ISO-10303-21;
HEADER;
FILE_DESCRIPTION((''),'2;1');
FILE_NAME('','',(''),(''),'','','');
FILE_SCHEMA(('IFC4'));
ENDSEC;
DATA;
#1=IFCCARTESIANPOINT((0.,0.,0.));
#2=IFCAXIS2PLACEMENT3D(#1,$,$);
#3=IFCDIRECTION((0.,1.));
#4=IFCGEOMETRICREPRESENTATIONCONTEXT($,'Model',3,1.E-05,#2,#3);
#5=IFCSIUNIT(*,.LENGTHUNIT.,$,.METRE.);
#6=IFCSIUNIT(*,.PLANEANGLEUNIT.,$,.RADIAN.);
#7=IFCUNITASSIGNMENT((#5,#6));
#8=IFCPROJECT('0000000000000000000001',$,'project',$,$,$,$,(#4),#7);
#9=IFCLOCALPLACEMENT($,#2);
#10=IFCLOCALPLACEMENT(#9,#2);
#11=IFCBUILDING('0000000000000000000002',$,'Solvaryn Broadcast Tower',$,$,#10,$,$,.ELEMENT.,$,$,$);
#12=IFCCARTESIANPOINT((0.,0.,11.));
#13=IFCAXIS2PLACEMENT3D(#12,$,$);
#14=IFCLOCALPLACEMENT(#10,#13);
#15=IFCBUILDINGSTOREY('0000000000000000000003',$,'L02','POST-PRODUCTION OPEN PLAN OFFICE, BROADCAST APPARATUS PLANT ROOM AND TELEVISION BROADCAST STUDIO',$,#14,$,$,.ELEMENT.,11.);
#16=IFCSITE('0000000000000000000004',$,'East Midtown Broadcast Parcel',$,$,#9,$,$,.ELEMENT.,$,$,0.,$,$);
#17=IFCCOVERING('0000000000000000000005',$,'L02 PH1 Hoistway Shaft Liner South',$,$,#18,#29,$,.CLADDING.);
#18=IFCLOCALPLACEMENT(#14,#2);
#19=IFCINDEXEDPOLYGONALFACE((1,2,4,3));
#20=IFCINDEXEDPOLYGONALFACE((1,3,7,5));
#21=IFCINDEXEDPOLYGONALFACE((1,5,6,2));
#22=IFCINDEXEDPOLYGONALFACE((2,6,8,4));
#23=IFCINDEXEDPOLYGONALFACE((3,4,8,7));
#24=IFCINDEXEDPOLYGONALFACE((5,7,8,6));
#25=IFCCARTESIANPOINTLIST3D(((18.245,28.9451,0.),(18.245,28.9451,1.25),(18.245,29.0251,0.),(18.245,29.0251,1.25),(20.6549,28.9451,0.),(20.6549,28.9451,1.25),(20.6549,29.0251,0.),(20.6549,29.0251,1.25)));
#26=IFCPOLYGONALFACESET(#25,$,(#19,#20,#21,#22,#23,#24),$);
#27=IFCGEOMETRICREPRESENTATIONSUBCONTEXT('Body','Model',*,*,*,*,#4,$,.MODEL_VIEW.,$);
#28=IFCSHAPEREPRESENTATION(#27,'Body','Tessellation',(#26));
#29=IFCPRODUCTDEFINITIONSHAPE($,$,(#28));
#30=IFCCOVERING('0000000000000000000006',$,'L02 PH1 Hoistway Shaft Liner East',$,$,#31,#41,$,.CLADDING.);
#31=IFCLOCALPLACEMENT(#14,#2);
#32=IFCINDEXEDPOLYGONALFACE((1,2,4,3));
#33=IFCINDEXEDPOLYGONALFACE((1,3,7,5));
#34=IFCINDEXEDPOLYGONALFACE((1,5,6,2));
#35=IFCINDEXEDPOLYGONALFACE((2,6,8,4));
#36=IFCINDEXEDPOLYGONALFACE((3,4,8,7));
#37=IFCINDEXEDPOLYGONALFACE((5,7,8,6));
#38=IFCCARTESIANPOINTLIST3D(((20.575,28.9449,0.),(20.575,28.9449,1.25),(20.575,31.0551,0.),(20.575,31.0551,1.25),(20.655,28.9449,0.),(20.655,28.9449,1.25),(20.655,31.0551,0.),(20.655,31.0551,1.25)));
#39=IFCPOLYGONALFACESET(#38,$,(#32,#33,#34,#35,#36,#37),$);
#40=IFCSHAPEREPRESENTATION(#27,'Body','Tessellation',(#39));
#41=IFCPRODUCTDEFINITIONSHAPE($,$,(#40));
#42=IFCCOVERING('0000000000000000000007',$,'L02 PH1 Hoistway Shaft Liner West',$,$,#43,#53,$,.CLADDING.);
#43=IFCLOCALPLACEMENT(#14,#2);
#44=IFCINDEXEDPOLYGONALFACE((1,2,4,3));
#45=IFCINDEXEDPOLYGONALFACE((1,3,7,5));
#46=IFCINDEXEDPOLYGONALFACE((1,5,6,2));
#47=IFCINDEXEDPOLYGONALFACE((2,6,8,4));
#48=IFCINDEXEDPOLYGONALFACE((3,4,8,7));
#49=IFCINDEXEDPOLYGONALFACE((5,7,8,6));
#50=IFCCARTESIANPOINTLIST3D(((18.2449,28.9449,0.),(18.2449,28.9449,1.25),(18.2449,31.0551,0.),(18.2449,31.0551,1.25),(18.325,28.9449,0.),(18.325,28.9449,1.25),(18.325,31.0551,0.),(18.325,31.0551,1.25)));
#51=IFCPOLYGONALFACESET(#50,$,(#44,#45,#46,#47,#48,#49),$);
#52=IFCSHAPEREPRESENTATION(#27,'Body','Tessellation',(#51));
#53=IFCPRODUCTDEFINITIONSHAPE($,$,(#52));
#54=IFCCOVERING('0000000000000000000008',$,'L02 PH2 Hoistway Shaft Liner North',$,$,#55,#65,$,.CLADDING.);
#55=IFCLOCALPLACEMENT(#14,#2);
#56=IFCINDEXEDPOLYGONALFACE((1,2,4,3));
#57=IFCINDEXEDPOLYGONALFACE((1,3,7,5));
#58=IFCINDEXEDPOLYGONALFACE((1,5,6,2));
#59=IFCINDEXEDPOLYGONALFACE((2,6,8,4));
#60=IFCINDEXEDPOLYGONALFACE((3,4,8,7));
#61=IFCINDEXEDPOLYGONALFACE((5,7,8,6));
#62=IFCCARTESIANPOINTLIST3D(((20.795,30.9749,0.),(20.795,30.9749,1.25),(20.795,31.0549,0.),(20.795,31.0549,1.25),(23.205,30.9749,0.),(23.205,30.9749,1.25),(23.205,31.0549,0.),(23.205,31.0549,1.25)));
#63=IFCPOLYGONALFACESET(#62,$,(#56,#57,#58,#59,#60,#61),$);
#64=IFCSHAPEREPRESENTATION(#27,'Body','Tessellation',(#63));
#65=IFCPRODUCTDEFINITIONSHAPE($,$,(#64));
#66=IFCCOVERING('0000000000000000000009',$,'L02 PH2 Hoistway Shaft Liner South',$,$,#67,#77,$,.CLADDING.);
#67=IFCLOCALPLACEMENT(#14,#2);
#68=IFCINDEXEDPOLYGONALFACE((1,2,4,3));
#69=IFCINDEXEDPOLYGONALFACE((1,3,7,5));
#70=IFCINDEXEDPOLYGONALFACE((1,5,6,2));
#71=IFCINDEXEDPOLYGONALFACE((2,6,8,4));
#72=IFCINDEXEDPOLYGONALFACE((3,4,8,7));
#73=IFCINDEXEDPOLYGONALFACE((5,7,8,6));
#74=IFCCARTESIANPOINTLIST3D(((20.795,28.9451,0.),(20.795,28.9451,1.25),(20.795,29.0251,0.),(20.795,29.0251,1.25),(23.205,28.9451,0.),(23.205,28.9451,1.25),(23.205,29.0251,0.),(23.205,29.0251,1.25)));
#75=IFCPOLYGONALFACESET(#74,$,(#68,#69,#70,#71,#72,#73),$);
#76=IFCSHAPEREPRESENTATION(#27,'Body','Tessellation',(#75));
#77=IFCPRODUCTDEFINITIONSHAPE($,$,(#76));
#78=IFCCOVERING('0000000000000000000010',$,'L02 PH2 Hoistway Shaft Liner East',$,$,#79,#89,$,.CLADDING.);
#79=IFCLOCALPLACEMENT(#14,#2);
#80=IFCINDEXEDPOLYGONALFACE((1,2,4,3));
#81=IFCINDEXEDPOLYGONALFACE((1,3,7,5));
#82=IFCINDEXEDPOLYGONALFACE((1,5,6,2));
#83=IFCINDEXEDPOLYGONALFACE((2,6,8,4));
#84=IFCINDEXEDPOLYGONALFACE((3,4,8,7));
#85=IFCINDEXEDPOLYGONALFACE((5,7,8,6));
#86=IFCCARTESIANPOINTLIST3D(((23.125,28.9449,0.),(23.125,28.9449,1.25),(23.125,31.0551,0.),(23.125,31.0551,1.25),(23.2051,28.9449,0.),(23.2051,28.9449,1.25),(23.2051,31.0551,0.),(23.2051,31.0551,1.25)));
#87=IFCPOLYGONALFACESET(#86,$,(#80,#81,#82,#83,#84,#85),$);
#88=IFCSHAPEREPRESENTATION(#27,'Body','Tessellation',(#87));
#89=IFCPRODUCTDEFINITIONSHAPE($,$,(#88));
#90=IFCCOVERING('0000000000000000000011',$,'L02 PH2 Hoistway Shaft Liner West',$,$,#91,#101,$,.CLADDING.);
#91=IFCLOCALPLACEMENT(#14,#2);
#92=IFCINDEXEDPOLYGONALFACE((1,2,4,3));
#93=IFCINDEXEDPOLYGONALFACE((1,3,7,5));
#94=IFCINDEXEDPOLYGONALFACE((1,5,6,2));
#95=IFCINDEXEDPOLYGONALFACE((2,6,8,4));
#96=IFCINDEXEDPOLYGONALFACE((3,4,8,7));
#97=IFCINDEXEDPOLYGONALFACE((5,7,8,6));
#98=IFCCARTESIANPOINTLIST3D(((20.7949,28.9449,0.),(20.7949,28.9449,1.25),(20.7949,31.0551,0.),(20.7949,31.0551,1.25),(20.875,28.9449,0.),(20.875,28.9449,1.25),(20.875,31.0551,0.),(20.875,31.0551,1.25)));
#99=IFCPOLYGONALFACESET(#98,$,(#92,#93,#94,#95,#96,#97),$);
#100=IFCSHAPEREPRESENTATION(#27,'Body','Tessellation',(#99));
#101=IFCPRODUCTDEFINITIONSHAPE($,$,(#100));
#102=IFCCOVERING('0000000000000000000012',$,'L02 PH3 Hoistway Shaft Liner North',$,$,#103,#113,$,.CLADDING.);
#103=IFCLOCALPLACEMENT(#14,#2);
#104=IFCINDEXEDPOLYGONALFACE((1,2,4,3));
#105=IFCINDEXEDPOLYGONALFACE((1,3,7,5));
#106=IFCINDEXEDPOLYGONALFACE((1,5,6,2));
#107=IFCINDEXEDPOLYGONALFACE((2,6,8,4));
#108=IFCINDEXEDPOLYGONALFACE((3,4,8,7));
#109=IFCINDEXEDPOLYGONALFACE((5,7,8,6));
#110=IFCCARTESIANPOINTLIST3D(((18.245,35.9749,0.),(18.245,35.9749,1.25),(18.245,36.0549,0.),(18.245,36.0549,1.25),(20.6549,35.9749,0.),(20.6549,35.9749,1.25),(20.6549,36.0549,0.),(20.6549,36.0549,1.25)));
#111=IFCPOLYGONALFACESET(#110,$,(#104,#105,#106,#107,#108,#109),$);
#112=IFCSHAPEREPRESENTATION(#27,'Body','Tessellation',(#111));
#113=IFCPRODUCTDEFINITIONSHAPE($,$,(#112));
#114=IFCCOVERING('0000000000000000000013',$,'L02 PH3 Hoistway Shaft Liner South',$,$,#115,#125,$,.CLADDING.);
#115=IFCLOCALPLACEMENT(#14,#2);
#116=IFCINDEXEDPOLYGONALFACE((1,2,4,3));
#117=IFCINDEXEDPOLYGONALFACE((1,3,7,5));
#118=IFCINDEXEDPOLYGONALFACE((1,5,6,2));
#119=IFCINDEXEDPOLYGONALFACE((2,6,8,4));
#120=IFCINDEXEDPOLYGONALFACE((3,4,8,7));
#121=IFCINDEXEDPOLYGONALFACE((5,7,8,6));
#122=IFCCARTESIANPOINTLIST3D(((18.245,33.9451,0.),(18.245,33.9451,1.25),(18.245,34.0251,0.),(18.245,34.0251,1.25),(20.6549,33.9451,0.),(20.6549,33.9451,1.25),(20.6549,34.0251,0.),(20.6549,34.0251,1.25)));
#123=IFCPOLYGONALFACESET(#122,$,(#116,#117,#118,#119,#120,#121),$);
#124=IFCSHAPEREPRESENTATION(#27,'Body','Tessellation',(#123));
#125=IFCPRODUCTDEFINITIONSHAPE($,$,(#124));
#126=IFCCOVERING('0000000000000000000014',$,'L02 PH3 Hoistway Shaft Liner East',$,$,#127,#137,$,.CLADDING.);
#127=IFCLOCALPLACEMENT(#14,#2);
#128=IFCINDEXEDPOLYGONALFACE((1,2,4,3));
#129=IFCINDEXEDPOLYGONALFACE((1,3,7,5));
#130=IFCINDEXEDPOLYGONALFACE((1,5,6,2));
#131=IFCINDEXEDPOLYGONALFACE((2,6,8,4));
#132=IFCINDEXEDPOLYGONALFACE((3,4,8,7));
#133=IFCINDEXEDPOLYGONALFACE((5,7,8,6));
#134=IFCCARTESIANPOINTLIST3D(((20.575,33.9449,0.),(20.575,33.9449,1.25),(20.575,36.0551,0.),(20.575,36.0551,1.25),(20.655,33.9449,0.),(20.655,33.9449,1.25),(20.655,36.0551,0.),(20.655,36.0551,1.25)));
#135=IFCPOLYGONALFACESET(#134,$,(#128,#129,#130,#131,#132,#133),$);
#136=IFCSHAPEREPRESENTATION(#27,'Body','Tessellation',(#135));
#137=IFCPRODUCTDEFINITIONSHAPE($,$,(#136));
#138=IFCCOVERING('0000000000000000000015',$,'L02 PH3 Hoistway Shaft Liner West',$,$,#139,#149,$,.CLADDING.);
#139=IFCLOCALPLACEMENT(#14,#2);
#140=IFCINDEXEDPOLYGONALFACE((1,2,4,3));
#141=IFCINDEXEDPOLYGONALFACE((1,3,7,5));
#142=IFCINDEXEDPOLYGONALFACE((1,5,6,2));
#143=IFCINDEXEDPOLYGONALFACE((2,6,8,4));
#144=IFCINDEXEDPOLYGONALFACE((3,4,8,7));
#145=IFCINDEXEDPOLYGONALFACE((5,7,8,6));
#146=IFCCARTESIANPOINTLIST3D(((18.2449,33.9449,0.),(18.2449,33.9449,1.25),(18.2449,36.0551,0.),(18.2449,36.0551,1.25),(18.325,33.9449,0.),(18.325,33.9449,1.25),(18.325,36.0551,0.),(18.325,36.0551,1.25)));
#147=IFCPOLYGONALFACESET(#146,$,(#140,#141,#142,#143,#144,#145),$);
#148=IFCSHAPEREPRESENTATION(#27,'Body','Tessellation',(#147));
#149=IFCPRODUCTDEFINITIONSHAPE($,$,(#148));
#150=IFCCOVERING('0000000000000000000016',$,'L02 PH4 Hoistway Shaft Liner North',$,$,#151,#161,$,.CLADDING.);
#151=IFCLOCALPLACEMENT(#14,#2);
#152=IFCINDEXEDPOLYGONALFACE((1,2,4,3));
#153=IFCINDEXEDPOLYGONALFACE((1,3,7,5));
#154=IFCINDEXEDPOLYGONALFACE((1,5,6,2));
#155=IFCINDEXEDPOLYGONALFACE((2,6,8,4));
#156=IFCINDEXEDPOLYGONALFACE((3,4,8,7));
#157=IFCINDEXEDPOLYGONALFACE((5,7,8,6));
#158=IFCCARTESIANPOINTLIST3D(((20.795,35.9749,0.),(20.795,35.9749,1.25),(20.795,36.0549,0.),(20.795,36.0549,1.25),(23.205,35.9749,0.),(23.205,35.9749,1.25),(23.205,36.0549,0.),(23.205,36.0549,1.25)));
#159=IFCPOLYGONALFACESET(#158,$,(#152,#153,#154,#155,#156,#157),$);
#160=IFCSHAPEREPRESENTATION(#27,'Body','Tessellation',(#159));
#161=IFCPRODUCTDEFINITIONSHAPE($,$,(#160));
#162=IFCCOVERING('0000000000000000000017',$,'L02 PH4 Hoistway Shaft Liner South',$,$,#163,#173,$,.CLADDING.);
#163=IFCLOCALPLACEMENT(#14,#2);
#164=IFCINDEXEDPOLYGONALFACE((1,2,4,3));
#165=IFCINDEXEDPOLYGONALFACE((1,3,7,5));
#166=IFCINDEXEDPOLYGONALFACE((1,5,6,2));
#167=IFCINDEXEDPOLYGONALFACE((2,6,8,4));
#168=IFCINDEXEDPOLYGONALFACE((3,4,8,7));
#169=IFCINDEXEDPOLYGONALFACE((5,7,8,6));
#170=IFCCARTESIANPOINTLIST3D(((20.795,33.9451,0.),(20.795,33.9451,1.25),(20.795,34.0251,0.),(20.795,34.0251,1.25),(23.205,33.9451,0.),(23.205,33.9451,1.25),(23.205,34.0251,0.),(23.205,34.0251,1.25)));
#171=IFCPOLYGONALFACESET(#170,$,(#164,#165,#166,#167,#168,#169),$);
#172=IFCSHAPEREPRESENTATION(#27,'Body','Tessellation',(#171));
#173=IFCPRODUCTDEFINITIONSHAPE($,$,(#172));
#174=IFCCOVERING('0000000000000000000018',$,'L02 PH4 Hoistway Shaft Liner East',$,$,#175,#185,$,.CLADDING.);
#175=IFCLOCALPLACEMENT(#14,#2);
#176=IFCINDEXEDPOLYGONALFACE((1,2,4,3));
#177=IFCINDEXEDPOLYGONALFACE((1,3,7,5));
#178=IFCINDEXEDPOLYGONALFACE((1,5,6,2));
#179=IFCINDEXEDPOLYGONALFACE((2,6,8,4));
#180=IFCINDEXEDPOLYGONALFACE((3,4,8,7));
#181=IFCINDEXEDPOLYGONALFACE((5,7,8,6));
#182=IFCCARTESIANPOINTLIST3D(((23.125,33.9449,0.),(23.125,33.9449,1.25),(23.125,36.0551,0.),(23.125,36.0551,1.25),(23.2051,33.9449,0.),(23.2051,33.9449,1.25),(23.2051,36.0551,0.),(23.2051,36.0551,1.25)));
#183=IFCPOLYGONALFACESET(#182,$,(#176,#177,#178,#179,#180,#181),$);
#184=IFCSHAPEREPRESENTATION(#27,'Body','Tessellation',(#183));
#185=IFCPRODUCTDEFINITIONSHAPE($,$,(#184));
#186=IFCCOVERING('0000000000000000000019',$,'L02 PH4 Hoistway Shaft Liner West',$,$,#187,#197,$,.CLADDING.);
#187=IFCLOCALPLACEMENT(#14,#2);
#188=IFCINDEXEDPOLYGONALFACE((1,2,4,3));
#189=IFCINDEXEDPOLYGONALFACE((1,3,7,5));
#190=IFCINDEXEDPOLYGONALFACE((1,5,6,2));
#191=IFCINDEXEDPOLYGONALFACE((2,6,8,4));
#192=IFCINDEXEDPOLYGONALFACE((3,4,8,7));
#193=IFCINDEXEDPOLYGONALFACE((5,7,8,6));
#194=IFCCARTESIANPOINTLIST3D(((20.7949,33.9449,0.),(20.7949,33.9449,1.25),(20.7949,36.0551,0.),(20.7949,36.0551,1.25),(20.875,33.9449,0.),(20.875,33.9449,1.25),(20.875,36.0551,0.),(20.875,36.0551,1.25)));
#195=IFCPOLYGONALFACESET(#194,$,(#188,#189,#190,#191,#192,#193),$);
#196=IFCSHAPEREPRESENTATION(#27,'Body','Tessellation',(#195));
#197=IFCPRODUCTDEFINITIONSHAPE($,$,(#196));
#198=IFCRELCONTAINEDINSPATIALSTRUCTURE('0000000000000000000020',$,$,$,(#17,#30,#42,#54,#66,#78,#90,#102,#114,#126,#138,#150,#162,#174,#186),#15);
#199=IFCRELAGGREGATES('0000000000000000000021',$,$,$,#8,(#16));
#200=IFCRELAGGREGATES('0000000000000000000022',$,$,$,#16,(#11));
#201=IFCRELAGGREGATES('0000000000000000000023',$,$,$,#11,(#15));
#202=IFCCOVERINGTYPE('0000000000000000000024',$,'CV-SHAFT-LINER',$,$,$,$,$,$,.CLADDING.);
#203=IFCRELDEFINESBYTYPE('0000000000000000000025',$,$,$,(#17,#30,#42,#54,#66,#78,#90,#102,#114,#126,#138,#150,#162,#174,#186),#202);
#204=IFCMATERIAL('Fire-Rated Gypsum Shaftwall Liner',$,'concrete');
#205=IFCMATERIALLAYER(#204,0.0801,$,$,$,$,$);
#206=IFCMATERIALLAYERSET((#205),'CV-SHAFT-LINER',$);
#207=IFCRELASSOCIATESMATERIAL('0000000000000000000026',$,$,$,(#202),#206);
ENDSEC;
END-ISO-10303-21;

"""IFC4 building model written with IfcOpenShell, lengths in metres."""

from ifc_helpers import new_model, si_unit, direction, frame, origin, origin_2d, place, context, subcontext, project, spatial, rectangle, extrude, material, layer, layer_set, type_object, element, save


model = new_model("IFC4")

# Units and contexts
model_context = context("Model", 3, precision=1e-05, world=origin(), true_north=direction((0.0, 1.0)))
body_context = subcontext(model_context, "Body", "Model", "MODEL_VIEW")
ifc_project = project(units=[si_unit("LENGTHUNIT", "METRE"), si_unit("PLANEANGLEUNIT", "RADIAN")], contexts=[model_context])

# Site, building, storey
site_placement = place(None, origin())
site = spatial("IfcSite", under=ifc_project, at=site_placement, Name="East Midtown Broadcast Parcel", CompositionType="ELEMENT", RefElevation=0.0)
building_placement = place(site_placement, origin())
building = spatial("IfcBuilding", under=site, at=building_placement, Name="Solvaryn Broadcast Tower", CompositionType="ELEMENT")
storey_placement = place(building_placement, frame((0.0, 0.0, 11.0)))
storey = spatial("IfcBuildingStorey", under=building, at=storey_placement, Name="L02", Description="POST-PRODUCTION OPEN PLAN OFFICE, BROADCAST APPARATUS PLANT ROOM AND TELEVISION BROADCAST STUDIO", CompositionType="ELEMENT", Elevation=11.0)

# Coverings
ifc_material_1 = material(Name="Fire-Rated Gypsum Shaftwall Liner", Category="concrete")
ifc_layer_1 = layer(ifc_material_1, 0.0801)
ifc_layer_set_1 = layer_set([ifc_layer_1], Name="CV-SHAFT-LINER")
covering_type = type_object("IfcCoveringType", Name="CV-SHAFT-LINER", PredefinedType="CLADDING", material=ifc_layer_set_1)
for number, where, z_axis, x_axis, name in (
    (1, (19.45, 28.9851, 0.0), (0.0, 0.0, 1.0), (1.0, 0.0, 0.0), "L02 PH1 Hoistway Shaft Liner South"),
):
    element("IfcCovering", number, at=place(storey_placement, frame(where, z_axis=z_axis, x_axis=x_axis)), inside=storey, type_object=covering_type, Name=name, PredefinedType="CLADDING", context=body_context, shape_type="SweptSolid", body=[
        extrude(rectangle(XDim=2.4099, YDim=0.0801, at=origin_2d()), origin(), (0.0, 0.0, 1.0), 1.25),
    ])
for number, where, z_axis, x_axis, name in (
    (2, (20.615, 30.0, 0.0), (0.0, 0.0, 1.0), (1.0, 0.0, 0.0), "L02 PH1 Hoistway Shaft Liner East"),
    (3, (18.2849, 30.0, 0.0), (0.0, 0.0, 1.0), (1.0, 0.0, 0.0), "L02 PH1 Hoistway Shaft Liner West"),
):
    element("IfcCovering", number, at=place(storey_placement, frame(where, z_axis=z_axis, x_axis=x_axis)), inside=storey, type_object=covering_type, Name=name, PredefinedType="CLADDING", context=body_context, shape_type="SweptSolid", body=[
        extrude(rectangle(XDim=0.0801, YDim=2.1101, at=origin_2d()), origin(), (0.0, 0.0, 1.0), 1.25),
    ])
for number, where, z_axis, x_axis, name in (
    (4, (22.0, 31.0149, 0.0), (0.0, 0.0, 1.0), (1.0, 0.0, 0.0), "L02 PH2 Hoistway Shaft Liner North"),
    (5, (22.0, 28.9851, 0.0), (0.0, 0.0, 1.0), (1.0, 0.0, 0.0), "L02 PH2 Hoistway Shaft Liner South"),
):
    element("IfcCovering", number, at=place(storey_placement, frame(where, z_axis=z_axis, x_axis=x_axis)), inside=storey, type_object=covering_type, Name=name, PredefinedType="CLADDING", context=body_context, shape_type="SweptSolid", body=[
        extrude(rectangle(XDim=2.4099, YDim=0.0801, at=origin_2d()), origin(), (0.0, 0.0, 1.0), 1.25),
    ])
for number, where, z_axis, x_axis, name in (
    (6, (23.165, 30.0, 0.0), (0.0, 0.0, 1.0), (1.0, 0.0, 0.0), "L02 PH2 Hoistway Shaft Liner East"),
    (7, (20.835, 30.0, 0.0), (0.0, 0.0, 1.0), (1.0, 0.0, 0.0), "L02 PH2 Hoistway Shaft Liner West"),
):
    element("IfcCovering", number, at=place(storey_placement, frame(where, z_axis=z_axis, x_axis=x_axis)), inside=storey, type_object=covering_type, Name=name, PredefinedType="CLADDING", context=body_context, shape_type="SweptSolid", body=[
        extrude(rectangle(XDim=0.0801, YDim=2.1101, at=origin_2d()), origin(), (0.0, 0.0, 1.0), 1.25),
    ])
for number, where, z_axis, x_axis, name in (
    (8, (19.45, 36.0149, 0.0), (0.0, 0.0, 1.0), (1.0, 0.0, 0.0), "L02 PH3 Hoistway Shaft Liner North"),
    (9, (19.45, 33.9851, 0.0), (0.0, 0.0, 1.0), (1.0, 0.0, 0.0), "L02 PH3 Hoistway Shaft Liner South"),
):
    element("IfcCovering", number, at=place(storey_placement, frame(where, z_axis=z_axis, x_axis=x_axis)), inside=storey, type_object=covering_type, Name=name, PredefinedType="CLADDING", context=body_context, shape_type="SweptSolid", body=[
        extrude(rectangle(XDim=2.4099, YDim=0.0801, at=origin_2d()), origin(), (0.0, 0.0, 1.0), 1.25),
    ])
for number, where, z_axis, x_axis, name in (
    (10, (20.615, 35.0, 0.0), (0.0, 0.0, 1.0), (1.0, 0.0, 0.0), "L02 PH3 Hoistway Shaft Liner East"),
    (11, (18.2849, 35.0, 0.0), (0.0, 0.0, 1.0), (1.0, 0.0, 0.0), "L02 PH3 Hoistway Shaft Liner West"),
):
    element("IfcCovering", number, at=place(storey_placement, frame(where, z_axis=z_axis, x_axis=x_axis)), inside=storey, type_object=covering_type, Name=name, PredefinedType="CLADDING", context=body_context, shape_type="SweptSolid", body=[
        extrude(rectangle(XDim=0.0801, YDim=2.1101, at=origin_2d()), origin(), (0.0, 0.0, 1.0), 1.25),
    ])
for number, where, z_axis, x_axis, name in (
    (12, (22.0, 36.0149, 0.0), (0.0, 0.0, 1.0), (1.0, 0.0, 0.0), "L02 PH4 Hoistway Shaft Liner North"),
    (13, (22.0, 33.9851, 0.0), (0.0, 0.0, 1.0), (1.0, 0.0, 0.0), "L02 PH4 Hoistway Shaft Liner South"),
):
    element("IfcCovering", number, at=place(storey_placement, frame(where, z_axis=z_axis, x_axis=x_axis)), inside=storey, type_object=covering_type, Name=name, PredefinedType="CLADDING", context=body_context, shape_type="SweptSolid", body=[
        extrude(rectangle(XDim=2.4099, YDim=0.0801, at=origin_2d()), origin(), (0.0, 0.0, 1.0), 1.25),
    ])
for number, where, z_axis, x_axis, name in (
    (14, (23.165, 35.0, 0.0), (0.0, 0.0, 1.0), (1.0, 0.0, 0.0), "L02 PH4 Hoistway Shaft Liner East"),
    (15, (20.835, 35.0, 0.0), (0.0, 0.0, 1.0), (1.0, 0.0, 0.0), "L02 PH4 Hoistway Shaft Liner West"),
):
    element("IfcCovering", number, at=place(storey_placement, frame(where, z_axis=z_axis, x_axis=x_axis)), inside=storey, type_object=covering_type, Name=name, PredefinedType="CLADDING", context=body_context, shape_type="SweptSolid", body=[
        extrude(rectangle(XDim=0.0801, YDim=2.1101, at=origin_2d()), origin(), (0.0, 0.0, 1.0), 1.25),
    ])

save(model, "model.ifc")
